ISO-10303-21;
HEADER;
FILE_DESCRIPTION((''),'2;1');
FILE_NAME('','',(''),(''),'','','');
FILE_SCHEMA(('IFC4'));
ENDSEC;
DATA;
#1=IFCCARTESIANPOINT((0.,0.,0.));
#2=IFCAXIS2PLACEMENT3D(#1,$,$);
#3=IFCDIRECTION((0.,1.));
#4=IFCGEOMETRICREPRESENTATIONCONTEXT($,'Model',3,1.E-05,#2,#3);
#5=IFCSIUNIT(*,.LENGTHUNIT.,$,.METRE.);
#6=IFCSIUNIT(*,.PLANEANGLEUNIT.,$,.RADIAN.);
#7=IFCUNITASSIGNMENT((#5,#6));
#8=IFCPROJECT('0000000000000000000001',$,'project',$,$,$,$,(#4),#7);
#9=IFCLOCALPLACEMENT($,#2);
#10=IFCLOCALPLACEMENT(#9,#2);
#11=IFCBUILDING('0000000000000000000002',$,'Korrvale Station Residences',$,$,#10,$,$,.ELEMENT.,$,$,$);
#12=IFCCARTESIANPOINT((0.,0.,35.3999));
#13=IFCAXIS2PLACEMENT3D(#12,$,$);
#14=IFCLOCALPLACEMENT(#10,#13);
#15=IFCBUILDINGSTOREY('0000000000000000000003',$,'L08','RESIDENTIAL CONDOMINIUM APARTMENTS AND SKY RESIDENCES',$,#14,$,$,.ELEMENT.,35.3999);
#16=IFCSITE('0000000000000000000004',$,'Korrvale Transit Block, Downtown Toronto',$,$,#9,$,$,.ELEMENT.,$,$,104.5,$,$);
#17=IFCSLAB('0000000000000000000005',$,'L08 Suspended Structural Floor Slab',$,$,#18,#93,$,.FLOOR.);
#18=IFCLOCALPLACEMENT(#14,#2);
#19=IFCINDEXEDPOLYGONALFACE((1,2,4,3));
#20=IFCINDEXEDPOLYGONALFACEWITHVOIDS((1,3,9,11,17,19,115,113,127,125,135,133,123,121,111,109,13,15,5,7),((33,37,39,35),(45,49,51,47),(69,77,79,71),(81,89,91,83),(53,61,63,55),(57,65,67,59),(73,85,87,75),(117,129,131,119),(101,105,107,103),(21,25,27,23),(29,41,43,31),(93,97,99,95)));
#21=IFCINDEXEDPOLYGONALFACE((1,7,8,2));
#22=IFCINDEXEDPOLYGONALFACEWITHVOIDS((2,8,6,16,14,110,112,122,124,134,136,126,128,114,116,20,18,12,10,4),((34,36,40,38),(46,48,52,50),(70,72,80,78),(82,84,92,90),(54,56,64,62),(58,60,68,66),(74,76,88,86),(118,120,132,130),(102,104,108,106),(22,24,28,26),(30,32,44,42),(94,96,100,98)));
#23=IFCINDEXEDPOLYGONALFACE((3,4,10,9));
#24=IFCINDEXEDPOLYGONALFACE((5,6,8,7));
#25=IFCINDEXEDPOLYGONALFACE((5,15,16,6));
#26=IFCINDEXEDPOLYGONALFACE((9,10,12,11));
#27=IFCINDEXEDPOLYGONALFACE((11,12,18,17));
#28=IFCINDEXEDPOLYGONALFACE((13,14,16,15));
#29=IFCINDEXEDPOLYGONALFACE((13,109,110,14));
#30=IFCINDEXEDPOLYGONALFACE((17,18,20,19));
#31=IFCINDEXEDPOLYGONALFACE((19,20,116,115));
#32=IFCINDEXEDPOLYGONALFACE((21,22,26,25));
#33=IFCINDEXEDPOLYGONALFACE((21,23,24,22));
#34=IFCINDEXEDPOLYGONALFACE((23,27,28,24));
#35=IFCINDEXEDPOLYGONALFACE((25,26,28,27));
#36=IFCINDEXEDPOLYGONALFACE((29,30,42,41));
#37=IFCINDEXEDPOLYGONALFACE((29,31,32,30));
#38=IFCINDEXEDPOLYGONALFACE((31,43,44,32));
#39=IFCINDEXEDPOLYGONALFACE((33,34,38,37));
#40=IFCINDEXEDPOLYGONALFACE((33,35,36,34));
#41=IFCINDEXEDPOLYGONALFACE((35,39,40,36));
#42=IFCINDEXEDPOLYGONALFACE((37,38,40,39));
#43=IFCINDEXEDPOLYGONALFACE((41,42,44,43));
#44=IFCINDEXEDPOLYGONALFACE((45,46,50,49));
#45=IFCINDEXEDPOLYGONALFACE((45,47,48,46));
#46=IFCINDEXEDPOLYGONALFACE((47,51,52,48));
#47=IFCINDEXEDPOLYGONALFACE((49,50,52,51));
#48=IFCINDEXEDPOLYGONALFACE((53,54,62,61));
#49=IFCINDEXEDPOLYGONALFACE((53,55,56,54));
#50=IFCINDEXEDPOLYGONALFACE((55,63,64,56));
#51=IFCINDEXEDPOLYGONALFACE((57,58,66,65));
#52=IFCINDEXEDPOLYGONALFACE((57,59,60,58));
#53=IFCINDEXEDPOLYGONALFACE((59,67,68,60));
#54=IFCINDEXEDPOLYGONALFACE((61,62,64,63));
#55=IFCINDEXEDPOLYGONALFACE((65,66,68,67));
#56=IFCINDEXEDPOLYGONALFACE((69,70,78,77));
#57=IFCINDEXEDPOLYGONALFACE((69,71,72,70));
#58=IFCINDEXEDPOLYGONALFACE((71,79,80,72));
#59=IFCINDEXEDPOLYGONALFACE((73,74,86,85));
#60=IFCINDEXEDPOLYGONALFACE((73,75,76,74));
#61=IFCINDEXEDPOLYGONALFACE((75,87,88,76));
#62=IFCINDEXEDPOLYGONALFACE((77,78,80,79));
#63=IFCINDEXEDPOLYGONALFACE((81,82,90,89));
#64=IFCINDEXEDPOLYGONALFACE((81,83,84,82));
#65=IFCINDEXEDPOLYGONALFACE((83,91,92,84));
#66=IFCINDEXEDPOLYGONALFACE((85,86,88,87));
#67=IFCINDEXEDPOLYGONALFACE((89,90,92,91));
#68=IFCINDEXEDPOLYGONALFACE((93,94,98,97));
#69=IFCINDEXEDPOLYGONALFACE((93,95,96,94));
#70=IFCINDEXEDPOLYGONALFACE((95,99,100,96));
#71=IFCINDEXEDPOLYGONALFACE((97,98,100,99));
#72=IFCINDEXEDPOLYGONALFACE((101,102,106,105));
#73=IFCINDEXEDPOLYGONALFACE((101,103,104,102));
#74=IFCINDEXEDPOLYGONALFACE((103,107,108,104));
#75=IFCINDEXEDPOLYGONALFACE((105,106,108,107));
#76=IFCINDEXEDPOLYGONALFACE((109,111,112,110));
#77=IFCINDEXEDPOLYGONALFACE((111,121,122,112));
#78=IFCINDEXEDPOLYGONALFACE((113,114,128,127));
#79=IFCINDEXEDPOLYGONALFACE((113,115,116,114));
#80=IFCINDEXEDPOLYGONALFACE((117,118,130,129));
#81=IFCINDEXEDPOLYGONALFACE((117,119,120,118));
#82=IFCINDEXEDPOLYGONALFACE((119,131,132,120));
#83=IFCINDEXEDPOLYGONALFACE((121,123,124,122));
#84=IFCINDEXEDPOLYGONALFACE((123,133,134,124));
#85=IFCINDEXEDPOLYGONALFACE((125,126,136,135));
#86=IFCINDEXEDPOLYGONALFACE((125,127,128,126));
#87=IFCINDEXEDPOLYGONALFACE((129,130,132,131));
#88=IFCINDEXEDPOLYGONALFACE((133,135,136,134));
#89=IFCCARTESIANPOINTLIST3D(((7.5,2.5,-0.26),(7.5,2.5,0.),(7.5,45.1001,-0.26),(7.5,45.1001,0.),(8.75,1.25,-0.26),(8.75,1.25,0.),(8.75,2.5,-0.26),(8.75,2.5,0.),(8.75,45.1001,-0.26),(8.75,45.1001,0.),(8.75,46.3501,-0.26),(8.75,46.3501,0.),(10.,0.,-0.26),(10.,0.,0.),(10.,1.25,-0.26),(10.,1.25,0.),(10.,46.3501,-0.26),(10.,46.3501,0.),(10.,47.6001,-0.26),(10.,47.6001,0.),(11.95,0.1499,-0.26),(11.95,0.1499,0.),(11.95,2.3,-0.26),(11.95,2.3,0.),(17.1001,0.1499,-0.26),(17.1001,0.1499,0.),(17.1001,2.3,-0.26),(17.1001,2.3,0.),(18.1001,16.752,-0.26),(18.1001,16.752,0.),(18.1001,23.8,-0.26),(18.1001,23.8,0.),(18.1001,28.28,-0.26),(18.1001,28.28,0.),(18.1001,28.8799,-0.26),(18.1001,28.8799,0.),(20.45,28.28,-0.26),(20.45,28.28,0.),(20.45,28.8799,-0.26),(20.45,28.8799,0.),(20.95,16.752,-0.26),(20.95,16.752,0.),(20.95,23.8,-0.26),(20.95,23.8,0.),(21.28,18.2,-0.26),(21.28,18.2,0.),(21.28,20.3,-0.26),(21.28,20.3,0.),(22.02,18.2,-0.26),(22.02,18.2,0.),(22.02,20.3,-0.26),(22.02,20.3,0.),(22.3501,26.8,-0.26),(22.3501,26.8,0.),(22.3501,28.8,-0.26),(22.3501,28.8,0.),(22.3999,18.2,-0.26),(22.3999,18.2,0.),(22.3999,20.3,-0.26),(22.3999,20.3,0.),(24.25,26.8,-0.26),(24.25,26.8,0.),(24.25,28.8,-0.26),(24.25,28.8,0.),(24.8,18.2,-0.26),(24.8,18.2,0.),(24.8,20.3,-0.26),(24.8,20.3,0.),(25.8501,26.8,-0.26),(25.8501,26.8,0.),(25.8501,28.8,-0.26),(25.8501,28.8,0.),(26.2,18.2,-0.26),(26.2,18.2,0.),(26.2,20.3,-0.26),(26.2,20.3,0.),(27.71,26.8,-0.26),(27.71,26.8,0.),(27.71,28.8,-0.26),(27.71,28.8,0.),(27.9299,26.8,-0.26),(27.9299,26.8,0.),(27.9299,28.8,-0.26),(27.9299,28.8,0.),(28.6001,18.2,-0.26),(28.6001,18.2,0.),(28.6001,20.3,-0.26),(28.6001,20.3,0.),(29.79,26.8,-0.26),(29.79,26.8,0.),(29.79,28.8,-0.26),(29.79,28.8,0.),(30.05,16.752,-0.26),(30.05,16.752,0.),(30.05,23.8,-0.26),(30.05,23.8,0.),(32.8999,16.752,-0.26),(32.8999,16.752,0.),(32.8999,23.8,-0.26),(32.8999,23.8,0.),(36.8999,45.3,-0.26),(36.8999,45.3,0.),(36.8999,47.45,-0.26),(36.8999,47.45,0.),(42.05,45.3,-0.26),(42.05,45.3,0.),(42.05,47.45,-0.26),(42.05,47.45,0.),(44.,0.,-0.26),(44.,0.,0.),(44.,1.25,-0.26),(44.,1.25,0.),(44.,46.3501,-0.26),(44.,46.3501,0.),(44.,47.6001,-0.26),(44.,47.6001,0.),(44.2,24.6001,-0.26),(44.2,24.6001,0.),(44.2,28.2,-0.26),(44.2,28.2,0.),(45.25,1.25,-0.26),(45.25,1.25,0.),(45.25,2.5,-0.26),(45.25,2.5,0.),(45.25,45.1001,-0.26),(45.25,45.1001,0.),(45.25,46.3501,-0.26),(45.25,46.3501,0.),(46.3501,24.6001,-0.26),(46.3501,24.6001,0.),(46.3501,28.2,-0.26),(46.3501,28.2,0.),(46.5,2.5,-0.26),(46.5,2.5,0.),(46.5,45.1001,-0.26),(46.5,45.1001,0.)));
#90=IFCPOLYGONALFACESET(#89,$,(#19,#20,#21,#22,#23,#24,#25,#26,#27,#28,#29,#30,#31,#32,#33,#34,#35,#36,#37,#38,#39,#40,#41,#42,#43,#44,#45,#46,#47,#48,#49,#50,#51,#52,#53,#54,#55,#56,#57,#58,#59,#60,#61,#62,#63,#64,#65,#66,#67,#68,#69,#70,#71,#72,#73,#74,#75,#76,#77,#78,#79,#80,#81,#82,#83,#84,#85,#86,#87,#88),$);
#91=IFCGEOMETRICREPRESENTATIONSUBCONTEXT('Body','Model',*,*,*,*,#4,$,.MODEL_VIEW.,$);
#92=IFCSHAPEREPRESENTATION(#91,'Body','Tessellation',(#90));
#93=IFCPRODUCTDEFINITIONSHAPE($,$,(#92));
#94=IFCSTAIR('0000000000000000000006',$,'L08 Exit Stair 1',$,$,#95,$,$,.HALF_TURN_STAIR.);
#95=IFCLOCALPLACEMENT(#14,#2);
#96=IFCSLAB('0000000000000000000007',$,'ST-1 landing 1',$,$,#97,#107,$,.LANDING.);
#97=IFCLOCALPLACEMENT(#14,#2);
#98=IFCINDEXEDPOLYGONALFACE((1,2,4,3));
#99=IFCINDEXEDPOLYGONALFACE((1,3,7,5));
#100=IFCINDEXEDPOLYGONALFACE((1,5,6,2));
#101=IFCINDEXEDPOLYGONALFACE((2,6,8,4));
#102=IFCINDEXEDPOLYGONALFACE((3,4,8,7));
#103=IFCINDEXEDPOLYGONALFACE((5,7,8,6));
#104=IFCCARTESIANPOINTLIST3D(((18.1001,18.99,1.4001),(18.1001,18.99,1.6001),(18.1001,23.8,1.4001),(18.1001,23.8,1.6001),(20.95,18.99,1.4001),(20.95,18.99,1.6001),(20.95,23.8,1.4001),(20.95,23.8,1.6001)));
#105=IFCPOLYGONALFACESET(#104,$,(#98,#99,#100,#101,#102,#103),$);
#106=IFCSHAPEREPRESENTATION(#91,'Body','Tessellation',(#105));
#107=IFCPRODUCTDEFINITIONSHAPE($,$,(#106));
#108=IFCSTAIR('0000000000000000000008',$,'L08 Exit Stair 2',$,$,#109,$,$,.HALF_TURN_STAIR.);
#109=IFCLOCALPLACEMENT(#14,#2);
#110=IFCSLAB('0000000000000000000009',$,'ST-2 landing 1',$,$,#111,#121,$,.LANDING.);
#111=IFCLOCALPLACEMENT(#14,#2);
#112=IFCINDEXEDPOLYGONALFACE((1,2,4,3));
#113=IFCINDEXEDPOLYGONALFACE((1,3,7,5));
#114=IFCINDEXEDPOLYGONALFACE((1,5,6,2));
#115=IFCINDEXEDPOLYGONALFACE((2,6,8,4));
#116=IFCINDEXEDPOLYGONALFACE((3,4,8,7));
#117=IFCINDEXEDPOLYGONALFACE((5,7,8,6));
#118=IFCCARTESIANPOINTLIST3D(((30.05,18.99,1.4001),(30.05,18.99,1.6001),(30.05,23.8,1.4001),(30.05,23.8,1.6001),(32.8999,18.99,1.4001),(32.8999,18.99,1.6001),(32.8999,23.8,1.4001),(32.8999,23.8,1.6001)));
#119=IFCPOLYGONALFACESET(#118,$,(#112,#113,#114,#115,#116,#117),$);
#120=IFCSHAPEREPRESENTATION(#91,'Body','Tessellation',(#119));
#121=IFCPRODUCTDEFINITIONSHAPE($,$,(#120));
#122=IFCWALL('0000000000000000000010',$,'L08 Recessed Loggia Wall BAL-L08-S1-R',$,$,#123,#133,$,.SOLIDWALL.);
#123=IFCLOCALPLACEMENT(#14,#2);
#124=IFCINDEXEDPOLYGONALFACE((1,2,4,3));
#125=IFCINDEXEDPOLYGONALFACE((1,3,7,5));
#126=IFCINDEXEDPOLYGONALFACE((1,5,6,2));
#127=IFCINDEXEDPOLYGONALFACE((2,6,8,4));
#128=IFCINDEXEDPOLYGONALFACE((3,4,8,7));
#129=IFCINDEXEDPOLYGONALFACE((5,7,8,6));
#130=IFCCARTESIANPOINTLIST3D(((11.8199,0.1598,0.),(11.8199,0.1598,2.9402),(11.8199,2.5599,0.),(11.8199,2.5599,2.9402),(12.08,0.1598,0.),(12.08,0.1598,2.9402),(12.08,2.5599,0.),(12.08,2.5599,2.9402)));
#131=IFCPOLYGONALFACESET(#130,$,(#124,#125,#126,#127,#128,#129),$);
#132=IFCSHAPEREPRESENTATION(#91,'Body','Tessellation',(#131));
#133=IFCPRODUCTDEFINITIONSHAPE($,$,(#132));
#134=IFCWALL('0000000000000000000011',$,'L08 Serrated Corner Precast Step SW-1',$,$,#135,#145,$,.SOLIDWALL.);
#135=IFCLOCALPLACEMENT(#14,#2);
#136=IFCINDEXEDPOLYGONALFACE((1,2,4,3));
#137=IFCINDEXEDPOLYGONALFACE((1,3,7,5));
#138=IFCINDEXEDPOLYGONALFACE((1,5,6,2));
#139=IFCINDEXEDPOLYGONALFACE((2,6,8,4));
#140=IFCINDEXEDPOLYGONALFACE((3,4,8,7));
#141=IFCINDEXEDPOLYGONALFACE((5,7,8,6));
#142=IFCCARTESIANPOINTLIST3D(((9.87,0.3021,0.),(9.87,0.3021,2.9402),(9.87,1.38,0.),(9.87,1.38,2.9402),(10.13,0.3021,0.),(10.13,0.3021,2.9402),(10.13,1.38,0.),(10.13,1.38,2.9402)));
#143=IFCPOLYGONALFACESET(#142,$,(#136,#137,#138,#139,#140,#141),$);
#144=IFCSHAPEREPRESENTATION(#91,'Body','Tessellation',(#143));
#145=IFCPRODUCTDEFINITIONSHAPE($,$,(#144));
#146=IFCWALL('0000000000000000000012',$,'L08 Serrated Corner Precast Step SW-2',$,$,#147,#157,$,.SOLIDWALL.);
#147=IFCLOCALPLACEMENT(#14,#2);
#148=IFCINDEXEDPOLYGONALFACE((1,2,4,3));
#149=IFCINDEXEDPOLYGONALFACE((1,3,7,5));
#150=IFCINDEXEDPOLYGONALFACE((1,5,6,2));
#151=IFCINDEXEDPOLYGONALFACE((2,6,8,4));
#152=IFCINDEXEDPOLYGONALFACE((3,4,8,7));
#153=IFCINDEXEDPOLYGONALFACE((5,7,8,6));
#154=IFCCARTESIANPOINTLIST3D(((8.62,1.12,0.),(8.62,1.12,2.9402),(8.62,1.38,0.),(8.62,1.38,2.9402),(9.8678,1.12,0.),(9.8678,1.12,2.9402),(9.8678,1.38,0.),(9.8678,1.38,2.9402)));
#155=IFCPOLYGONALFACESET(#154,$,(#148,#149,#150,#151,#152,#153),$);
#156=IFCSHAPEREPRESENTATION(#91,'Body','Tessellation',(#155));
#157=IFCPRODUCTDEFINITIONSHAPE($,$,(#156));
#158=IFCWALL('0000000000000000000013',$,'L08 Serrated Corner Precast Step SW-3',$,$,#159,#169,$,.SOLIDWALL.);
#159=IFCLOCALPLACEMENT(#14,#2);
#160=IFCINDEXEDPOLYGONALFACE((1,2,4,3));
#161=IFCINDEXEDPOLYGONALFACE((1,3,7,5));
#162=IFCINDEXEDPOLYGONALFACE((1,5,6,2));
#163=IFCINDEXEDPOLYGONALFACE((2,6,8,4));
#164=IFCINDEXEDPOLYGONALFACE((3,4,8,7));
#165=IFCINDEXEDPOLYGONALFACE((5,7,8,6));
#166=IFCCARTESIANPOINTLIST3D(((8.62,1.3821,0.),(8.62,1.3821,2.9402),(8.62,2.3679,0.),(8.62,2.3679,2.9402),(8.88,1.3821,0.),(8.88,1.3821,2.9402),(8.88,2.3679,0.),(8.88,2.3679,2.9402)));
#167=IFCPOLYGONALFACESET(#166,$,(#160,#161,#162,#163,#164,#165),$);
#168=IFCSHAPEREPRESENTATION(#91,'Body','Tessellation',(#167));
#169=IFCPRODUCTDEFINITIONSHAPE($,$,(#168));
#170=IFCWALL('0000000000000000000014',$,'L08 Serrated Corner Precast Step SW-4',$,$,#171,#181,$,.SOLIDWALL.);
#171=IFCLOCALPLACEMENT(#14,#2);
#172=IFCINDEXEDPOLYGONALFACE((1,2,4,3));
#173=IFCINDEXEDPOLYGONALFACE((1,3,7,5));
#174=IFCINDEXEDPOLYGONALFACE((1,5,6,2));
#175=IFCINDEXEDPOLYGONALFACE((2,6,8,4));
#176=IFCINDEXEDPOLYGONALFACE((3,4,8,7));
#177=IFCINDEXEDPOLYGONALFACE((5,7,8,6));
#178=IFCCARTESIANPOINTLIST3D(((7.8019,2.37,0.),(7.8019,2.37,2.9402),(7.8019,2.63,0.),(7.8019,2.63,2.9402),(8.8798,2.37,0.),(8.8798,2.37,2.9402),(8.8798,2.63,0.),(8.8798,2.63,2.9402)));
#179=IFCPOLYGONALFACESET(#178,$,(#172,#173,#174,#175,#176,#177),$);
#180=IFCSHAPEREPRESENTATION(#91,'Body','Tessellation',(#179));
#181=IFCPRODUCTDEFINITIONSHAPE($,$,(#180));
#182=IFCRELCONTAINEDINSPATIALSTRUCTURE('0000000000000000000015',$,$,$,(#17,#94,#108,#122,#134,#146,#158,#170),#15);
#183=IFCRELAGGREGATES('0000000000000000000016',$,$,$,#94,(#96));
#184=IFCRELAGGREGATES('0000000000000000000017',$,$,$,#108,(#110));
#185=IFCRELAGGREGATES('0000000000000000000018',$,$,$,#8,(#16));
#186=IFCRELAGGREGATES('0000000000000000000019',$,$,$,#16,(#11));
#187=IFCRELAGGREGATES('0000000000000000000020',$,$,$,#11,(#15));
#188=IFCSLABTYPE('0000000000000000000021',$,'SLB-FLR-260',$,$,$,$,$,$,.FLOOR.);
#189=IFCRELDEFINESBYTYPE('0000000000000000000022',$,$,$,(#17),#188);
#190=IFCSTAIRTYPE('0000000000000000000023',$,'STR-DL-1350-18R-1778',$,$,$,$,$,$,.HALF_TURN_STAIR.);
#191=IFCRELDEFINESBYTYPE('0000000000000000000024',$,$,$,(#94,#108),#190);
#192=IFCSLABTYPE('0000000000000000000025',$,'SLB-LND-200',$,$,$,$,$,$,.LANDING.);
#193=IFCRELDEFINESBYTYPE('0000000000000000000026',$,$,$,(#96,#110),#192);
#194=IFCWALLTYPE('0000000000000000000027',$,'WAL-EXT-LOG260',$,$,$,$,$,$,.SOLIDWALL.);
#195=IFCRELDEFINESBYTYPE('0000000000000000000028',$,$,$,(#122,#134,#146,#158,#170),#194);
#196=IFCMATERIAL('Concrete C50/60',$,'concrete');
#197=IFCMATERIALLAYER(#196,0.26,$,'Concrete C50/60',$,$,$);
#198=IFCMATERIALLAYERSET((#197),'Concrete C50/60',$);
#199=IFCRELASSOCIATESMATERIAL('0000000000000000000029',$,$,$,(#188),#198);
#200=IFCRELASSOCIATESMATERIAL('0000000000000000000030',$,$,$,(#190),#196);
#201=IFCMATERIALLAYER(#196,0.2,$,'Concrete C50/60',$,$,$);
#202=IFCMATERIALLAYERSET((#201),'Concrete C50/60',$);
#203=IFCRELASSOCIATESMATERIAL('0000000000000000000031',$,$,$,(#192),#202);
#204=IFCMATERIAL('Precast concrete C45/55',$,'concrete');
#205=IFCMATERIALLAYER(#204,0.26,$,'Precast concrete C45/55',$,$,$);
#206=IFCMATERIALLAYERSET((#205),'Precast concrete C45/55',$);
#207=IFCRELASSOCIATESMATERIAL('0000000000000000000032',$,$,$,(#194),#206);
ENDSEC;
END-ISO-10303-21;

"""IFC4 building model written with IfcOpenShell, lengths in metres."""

from ifc_helpers import new_model, si_unit, direction, frame, frame_2d, origin, place, context, subcontext, project, spatial, polyline, rectangle, outline, extrude, material, layer, layer_set, type_object, element, aggregate, save


model = new_model("IFC4")

# Units and contexts
model_context = context("Model", 3, precision=1e-05, world=origin(), true_north=direction((0.0, 1.0)))
body_context = subcontext(model_context, "Body", "Model", "MODEL_VIEW")
ifc_project = project(units=[si_unit("LENGTHUNIT", "METRE"), si_unit("PLANEANGLEUNIT", "RADIAN")], contexts=[model_context])

# Site, building, storey
site_placement = place(None, origin())
site = spatial("IfcSite", under=ifc_project, at=site_placement, Name="Korrvale Transit Block, Downtown Toronto", CompositionType="ELEMENT", RefElevation=104.5)
building_placement = place(site_placement, origin())
building = spatial("IfcBuilding", under=site, at=building_placement, Name="Korrvale Station Residences", CompositionType="ELEMENT")
storey_placement = place(building_placement, frame((0.0, 0.0, 35.3999)))
storey = spatial("IfcBuildingStorey", under=building, at=storey_placement, Name="L08", Description="RESIDENTIAL CONDOMINIUM APARTMENTS AND SKY RESIDENCES", CompositionType="ELEMENT", Elevation=35.3999)

# Slab
ifc_material_1 = material(Name="Concrete C50/60", Category="concrete")
ifc_layer_1 = layer(ifc_material_1, 0.26, Name="Concrete C50/60")
ifc_layer_set_1 = layer_set([ifc_layer_1], Name="Concrete C50/60")
slab_type_1 = type_object("IfcSlabType", Name="SLB-FLR-260", PredefinedType="FLOOR", material=ifc_layer_set_1)
slab_1_placement = place(storey_placement, frame((0.0, 0.0, -0.26)))
element("IfcSlab", 1, at=slab_1_placement, inside=storey, type_object=slab_type_1, Name="L08 Suspended Structural Floor Slab", PredefinedType="FLOOR", context=body_context, shape_type="SweptSolid", body=[
    extrude(outline(polyline([(10.0, 0.0), (44.0, 0.0), (44.0, 1.25), (45.25, 1.25), (45.25, 2.5), (46.5, 2.5), (46.5, 45.1001), (45.25, 45.1001), (45.25, 46.3501), (44.0, 46.3501), (44.0, 47.6001), (10.0, 47.6001), (10.0, 46.3501), (8.75, 46.3501), (8.75, 45.1001), (7.5, 45.1001), (7.5, 2.5), (8.75, 2.5), (8.75, 1.25), (10.0, 1.25), (10.0, 0.0)]), holes=[polyline([(20.95, 16.752), (20.95, 23.8), (18.1001, 23.8), (18.1001, 16.752), (20.95, 16.752)]), polyline([(32.8999, 16.752), (32.8999, 23.8), (30.05, 23.8), (30.05, 16.752), (32.8999, 16.752)]), polyline([(22.3501, 26.8), (24.25, 26.8), (24.25, 28.8), (22.3501, 28.8), (22.3501, 26.8)]), polyline([(25.8501, 26.8), (27.71, 26.8), (27.71, 28.8), (25.8501, 28.8), (25.8501, 26.8)]), polyline([(27.9299, 26.8), (29.79, 26.8), (29.79, 28.8), (27.9299, 28.8), (27.9299, 26.8)]), polyline([(22.3999, 18.2), (24.8, 18.2), (24.8, 20.3), (22.3999, 20.3), (22.3999, 18.2)]), polyline([(26.2, 18.2), (28.6001, 18.2), (28.6001, 20.3), (26.2, 20.3), (26.2, 18.2)]), polyline([(18.1001, 28.28), (20.45, 28.28), (20.45, 28.8799), (18.1001, 28.8799), (18.1001, 28.28)]), polyline([(21.28, 18.2), (22.02, 18.2), (22.02, 20.3), (21.28, 20.3), (21.28, 18.2)]), polyline([(11.95, 0.1499), (17.1001, 0.1499), (17.1001, 2.3), (11.95, 2.3), (11.95, 0.1499)]), polyline([(36.8999, 45.3), (42.05, 45.3), (42.05, 47.45), (36.8999, 47.45), (36.8999, 45.3)]), polyline([(44.2, 24.6001), (46.3501, 24.6001), (46.3501, 28.2), (44.2, 28.2), (44.2, 24.6001)])]), origin(), (0.0, 0.0, 1.0), 0.26),
])

# Stairs, slabs
stair_type = type_object("IfcStairType", Name="STR-DL-1350-18R-1778", PredefinedType="HALF_TURN_STAIR", material=ifc_material_1)
stair_1_placement = place(storey_placement, origin())
stair_1 = element("IfcStair", 2, at=stair_1_placement, inside=storey, type_object=stair_type, Name="L08 Exit Stair 1", PredefinedType="HALF_TURN_STAIR")
ifc_layer_2 = layer(ifc_material_1, 0.2, Name="Concrete C50/60")
ifc_layer_set_2 = layer_set([ifc_layer_2], Name="Concrete C50/60")
slab_type_2 = type_object("IfcSlabType", Name="SLB-LND-200", PredefinedType="LANDING", material=ifc_layer_set_2)
slab_2_placement = place(storey_placement, frame((0.0, 0.0, 1.4001)))
slab_2 = element("IfcSlab", 3, at=slab_2_placement, type_object=slab_type_2, Name="ST-1 landing 1", PredefinedType="LANDING", context=body_context, shape_type="SweptSolid", body=[
    extrude(outline(polyline([(20.95, 18.99), (20.95, 23.8), (18.1001, 23.8), (18.1001, 18.99), (20.95, 18.99)])), origin(), (0.0, 0.0, 1.0), 0.2),
])
aggregate(stair_1, [slab_2])
stair_2_placement = place(storey_placement, origin())
stair_2 = element("IfcStair", 4, at=stair_2_placement, inside=storey, type_object=stair_type, Name="L08 Exit Stair 2", PredefinedType="HALF_TURN_STAIR")
slab_3_placement = place(storey_placement, frame((0.0, 0.0, 1.4001)))
slab_3 = element("IfcSlab", 5, at=slab_3_placement, type_object=slab_type_2, Name="ST-2 landing 1", PredefinedType="LANDING", context=body_context, shape_type="SweptSolid", body=[
    extrude(outline(polyline([(32.8999, 18.99), (32.8999, 23.8), (30.05, 23.8), (30.05, 18.99), (32.8999, 18.99)])), origin(), (0.0, 0.0, 1.0), 0.2),
])
aggregate(stair_2, [slab_3])

# Walls
ifc_material_2 = material(Name="Precast concrete C45/55", Category="concrete")
ifc_layer_3 = layer(ifc_material_2, 0.26, Name="Precast concrete C45/55")
ifc_layer_set_3 = layer_set([ifc_layer_3], Name="Precast concrete C45/55")
wall_type_1 = type_object("IfcWallType", Name="WAL-EXT-LOG260", PredefinedType="SOLIDWALL", material=ifc_layer_set_3)
wall_1_placement = place(storey_placement, frame((11.95, 2.5601, 0.0), z_axis=(0.0, 0.0, 1.0), x_axis=(0.0, -1.0, 0.0)))
element("IfcWall", 6, at=wall_1_placement, inside=storey, type_object=wall_type_1, Name="L08 Recessed Loggia Wall BAL-L08-S1-R", PredefinedType="SOLIDWALL", context=body_context, shape_type="SweptSolid", body=[
    extrude(rectangle(XDim=2.4001, YDim=0.26, at=frame_2d((1.2002, 0.0))), origin(), (0.0, 0.0, 1.0), 2.9402),
])
wall_2_placement = place(storey_placement, frame((10.0, 0.302, 0.0), z_axis=(0.0, 0.0, 1.0), x_axis=(0.0, 1.0, 0.0)))
element("IfcWall", 7, at=wall_2_placement, inside=storey, type_object=wall_type_1, Name="L08 Serrated Corner Precast Step SW-1", PredefinedType="SOLIDWALL", context=body_context, shape_type="SweptSolid", body=[
    extrude(rectangle(XDim=1.0779, YDim=0.26, at=frame_2d((0.5391, 0.0))), origin(), (0.0, 0.0, 1.0), 2.9402),
])
wall_3_placement = place(storey_placement, frame((9.8679, 1.25, 0.0), z_axis=(0.0, 0.0, 1.0), x_axis=(-1.0, 0.0, 0.0)))
element("IfcWall", 8, at=wall_3_placement, inside=storey, type_object=wall_type_1, Name="L08 Serrated Corner Precast Step SW-2", PredefinedType="SOLIDWALL", context=body_context, shape_type="SweptSolid", body=[
    extrude(rectangle(XDim=1.2478, YDim=0.26, at=frame_2d((0.624, 0.0))), origin(), (0.0, 0.0, 1.0), 2.9402),
])
wall_4_placement = place(storey_placement, frame((8.75, 1.3821, 0.0), z_axis=(0.0, 0.0, 1.0), x_axis=(0.0, 1.0, 0.0)))
element("IfcWall", 9, at=wall_4_placement, inside=storey, type_object=wall_type_1, Name="L08 Serrated Corner Precast Step SW-3", PredefinedType="SOLIDWALL", context=body_context, shape_type="SweptSolid", body=[
    extrude(rectangle(XDim=0.9858, YDim=0.26, at=frame_2d((0.4929, 0.0))), origin(), (0.0, 0.0, 1.0), 2.9402),
])
wall_5_placement = place(storey_placement, frame((8.8799, 2.5, 0.0), z_axis=(0.0, 0.0, 1.0), x_axis=(-1.0, 0.0, 0.0)))
element("IfcWall", 10, at=wall_5_placement, inside=storey, type_object=wall_type_1, Name="L08 Serrated Corner Precast Step SW-4", PredefinedType="SOLIDWALL", context=body_context, shape_type="SweptSolid", body=[
    extrude(rectangle(XDim=1.0779, YDim=0.26, at=frame_2d((0.5391, 0.0))), origin(), (0.0, 0.0, 1.0), 2.9402),
])

save(model, "model.ifc")
